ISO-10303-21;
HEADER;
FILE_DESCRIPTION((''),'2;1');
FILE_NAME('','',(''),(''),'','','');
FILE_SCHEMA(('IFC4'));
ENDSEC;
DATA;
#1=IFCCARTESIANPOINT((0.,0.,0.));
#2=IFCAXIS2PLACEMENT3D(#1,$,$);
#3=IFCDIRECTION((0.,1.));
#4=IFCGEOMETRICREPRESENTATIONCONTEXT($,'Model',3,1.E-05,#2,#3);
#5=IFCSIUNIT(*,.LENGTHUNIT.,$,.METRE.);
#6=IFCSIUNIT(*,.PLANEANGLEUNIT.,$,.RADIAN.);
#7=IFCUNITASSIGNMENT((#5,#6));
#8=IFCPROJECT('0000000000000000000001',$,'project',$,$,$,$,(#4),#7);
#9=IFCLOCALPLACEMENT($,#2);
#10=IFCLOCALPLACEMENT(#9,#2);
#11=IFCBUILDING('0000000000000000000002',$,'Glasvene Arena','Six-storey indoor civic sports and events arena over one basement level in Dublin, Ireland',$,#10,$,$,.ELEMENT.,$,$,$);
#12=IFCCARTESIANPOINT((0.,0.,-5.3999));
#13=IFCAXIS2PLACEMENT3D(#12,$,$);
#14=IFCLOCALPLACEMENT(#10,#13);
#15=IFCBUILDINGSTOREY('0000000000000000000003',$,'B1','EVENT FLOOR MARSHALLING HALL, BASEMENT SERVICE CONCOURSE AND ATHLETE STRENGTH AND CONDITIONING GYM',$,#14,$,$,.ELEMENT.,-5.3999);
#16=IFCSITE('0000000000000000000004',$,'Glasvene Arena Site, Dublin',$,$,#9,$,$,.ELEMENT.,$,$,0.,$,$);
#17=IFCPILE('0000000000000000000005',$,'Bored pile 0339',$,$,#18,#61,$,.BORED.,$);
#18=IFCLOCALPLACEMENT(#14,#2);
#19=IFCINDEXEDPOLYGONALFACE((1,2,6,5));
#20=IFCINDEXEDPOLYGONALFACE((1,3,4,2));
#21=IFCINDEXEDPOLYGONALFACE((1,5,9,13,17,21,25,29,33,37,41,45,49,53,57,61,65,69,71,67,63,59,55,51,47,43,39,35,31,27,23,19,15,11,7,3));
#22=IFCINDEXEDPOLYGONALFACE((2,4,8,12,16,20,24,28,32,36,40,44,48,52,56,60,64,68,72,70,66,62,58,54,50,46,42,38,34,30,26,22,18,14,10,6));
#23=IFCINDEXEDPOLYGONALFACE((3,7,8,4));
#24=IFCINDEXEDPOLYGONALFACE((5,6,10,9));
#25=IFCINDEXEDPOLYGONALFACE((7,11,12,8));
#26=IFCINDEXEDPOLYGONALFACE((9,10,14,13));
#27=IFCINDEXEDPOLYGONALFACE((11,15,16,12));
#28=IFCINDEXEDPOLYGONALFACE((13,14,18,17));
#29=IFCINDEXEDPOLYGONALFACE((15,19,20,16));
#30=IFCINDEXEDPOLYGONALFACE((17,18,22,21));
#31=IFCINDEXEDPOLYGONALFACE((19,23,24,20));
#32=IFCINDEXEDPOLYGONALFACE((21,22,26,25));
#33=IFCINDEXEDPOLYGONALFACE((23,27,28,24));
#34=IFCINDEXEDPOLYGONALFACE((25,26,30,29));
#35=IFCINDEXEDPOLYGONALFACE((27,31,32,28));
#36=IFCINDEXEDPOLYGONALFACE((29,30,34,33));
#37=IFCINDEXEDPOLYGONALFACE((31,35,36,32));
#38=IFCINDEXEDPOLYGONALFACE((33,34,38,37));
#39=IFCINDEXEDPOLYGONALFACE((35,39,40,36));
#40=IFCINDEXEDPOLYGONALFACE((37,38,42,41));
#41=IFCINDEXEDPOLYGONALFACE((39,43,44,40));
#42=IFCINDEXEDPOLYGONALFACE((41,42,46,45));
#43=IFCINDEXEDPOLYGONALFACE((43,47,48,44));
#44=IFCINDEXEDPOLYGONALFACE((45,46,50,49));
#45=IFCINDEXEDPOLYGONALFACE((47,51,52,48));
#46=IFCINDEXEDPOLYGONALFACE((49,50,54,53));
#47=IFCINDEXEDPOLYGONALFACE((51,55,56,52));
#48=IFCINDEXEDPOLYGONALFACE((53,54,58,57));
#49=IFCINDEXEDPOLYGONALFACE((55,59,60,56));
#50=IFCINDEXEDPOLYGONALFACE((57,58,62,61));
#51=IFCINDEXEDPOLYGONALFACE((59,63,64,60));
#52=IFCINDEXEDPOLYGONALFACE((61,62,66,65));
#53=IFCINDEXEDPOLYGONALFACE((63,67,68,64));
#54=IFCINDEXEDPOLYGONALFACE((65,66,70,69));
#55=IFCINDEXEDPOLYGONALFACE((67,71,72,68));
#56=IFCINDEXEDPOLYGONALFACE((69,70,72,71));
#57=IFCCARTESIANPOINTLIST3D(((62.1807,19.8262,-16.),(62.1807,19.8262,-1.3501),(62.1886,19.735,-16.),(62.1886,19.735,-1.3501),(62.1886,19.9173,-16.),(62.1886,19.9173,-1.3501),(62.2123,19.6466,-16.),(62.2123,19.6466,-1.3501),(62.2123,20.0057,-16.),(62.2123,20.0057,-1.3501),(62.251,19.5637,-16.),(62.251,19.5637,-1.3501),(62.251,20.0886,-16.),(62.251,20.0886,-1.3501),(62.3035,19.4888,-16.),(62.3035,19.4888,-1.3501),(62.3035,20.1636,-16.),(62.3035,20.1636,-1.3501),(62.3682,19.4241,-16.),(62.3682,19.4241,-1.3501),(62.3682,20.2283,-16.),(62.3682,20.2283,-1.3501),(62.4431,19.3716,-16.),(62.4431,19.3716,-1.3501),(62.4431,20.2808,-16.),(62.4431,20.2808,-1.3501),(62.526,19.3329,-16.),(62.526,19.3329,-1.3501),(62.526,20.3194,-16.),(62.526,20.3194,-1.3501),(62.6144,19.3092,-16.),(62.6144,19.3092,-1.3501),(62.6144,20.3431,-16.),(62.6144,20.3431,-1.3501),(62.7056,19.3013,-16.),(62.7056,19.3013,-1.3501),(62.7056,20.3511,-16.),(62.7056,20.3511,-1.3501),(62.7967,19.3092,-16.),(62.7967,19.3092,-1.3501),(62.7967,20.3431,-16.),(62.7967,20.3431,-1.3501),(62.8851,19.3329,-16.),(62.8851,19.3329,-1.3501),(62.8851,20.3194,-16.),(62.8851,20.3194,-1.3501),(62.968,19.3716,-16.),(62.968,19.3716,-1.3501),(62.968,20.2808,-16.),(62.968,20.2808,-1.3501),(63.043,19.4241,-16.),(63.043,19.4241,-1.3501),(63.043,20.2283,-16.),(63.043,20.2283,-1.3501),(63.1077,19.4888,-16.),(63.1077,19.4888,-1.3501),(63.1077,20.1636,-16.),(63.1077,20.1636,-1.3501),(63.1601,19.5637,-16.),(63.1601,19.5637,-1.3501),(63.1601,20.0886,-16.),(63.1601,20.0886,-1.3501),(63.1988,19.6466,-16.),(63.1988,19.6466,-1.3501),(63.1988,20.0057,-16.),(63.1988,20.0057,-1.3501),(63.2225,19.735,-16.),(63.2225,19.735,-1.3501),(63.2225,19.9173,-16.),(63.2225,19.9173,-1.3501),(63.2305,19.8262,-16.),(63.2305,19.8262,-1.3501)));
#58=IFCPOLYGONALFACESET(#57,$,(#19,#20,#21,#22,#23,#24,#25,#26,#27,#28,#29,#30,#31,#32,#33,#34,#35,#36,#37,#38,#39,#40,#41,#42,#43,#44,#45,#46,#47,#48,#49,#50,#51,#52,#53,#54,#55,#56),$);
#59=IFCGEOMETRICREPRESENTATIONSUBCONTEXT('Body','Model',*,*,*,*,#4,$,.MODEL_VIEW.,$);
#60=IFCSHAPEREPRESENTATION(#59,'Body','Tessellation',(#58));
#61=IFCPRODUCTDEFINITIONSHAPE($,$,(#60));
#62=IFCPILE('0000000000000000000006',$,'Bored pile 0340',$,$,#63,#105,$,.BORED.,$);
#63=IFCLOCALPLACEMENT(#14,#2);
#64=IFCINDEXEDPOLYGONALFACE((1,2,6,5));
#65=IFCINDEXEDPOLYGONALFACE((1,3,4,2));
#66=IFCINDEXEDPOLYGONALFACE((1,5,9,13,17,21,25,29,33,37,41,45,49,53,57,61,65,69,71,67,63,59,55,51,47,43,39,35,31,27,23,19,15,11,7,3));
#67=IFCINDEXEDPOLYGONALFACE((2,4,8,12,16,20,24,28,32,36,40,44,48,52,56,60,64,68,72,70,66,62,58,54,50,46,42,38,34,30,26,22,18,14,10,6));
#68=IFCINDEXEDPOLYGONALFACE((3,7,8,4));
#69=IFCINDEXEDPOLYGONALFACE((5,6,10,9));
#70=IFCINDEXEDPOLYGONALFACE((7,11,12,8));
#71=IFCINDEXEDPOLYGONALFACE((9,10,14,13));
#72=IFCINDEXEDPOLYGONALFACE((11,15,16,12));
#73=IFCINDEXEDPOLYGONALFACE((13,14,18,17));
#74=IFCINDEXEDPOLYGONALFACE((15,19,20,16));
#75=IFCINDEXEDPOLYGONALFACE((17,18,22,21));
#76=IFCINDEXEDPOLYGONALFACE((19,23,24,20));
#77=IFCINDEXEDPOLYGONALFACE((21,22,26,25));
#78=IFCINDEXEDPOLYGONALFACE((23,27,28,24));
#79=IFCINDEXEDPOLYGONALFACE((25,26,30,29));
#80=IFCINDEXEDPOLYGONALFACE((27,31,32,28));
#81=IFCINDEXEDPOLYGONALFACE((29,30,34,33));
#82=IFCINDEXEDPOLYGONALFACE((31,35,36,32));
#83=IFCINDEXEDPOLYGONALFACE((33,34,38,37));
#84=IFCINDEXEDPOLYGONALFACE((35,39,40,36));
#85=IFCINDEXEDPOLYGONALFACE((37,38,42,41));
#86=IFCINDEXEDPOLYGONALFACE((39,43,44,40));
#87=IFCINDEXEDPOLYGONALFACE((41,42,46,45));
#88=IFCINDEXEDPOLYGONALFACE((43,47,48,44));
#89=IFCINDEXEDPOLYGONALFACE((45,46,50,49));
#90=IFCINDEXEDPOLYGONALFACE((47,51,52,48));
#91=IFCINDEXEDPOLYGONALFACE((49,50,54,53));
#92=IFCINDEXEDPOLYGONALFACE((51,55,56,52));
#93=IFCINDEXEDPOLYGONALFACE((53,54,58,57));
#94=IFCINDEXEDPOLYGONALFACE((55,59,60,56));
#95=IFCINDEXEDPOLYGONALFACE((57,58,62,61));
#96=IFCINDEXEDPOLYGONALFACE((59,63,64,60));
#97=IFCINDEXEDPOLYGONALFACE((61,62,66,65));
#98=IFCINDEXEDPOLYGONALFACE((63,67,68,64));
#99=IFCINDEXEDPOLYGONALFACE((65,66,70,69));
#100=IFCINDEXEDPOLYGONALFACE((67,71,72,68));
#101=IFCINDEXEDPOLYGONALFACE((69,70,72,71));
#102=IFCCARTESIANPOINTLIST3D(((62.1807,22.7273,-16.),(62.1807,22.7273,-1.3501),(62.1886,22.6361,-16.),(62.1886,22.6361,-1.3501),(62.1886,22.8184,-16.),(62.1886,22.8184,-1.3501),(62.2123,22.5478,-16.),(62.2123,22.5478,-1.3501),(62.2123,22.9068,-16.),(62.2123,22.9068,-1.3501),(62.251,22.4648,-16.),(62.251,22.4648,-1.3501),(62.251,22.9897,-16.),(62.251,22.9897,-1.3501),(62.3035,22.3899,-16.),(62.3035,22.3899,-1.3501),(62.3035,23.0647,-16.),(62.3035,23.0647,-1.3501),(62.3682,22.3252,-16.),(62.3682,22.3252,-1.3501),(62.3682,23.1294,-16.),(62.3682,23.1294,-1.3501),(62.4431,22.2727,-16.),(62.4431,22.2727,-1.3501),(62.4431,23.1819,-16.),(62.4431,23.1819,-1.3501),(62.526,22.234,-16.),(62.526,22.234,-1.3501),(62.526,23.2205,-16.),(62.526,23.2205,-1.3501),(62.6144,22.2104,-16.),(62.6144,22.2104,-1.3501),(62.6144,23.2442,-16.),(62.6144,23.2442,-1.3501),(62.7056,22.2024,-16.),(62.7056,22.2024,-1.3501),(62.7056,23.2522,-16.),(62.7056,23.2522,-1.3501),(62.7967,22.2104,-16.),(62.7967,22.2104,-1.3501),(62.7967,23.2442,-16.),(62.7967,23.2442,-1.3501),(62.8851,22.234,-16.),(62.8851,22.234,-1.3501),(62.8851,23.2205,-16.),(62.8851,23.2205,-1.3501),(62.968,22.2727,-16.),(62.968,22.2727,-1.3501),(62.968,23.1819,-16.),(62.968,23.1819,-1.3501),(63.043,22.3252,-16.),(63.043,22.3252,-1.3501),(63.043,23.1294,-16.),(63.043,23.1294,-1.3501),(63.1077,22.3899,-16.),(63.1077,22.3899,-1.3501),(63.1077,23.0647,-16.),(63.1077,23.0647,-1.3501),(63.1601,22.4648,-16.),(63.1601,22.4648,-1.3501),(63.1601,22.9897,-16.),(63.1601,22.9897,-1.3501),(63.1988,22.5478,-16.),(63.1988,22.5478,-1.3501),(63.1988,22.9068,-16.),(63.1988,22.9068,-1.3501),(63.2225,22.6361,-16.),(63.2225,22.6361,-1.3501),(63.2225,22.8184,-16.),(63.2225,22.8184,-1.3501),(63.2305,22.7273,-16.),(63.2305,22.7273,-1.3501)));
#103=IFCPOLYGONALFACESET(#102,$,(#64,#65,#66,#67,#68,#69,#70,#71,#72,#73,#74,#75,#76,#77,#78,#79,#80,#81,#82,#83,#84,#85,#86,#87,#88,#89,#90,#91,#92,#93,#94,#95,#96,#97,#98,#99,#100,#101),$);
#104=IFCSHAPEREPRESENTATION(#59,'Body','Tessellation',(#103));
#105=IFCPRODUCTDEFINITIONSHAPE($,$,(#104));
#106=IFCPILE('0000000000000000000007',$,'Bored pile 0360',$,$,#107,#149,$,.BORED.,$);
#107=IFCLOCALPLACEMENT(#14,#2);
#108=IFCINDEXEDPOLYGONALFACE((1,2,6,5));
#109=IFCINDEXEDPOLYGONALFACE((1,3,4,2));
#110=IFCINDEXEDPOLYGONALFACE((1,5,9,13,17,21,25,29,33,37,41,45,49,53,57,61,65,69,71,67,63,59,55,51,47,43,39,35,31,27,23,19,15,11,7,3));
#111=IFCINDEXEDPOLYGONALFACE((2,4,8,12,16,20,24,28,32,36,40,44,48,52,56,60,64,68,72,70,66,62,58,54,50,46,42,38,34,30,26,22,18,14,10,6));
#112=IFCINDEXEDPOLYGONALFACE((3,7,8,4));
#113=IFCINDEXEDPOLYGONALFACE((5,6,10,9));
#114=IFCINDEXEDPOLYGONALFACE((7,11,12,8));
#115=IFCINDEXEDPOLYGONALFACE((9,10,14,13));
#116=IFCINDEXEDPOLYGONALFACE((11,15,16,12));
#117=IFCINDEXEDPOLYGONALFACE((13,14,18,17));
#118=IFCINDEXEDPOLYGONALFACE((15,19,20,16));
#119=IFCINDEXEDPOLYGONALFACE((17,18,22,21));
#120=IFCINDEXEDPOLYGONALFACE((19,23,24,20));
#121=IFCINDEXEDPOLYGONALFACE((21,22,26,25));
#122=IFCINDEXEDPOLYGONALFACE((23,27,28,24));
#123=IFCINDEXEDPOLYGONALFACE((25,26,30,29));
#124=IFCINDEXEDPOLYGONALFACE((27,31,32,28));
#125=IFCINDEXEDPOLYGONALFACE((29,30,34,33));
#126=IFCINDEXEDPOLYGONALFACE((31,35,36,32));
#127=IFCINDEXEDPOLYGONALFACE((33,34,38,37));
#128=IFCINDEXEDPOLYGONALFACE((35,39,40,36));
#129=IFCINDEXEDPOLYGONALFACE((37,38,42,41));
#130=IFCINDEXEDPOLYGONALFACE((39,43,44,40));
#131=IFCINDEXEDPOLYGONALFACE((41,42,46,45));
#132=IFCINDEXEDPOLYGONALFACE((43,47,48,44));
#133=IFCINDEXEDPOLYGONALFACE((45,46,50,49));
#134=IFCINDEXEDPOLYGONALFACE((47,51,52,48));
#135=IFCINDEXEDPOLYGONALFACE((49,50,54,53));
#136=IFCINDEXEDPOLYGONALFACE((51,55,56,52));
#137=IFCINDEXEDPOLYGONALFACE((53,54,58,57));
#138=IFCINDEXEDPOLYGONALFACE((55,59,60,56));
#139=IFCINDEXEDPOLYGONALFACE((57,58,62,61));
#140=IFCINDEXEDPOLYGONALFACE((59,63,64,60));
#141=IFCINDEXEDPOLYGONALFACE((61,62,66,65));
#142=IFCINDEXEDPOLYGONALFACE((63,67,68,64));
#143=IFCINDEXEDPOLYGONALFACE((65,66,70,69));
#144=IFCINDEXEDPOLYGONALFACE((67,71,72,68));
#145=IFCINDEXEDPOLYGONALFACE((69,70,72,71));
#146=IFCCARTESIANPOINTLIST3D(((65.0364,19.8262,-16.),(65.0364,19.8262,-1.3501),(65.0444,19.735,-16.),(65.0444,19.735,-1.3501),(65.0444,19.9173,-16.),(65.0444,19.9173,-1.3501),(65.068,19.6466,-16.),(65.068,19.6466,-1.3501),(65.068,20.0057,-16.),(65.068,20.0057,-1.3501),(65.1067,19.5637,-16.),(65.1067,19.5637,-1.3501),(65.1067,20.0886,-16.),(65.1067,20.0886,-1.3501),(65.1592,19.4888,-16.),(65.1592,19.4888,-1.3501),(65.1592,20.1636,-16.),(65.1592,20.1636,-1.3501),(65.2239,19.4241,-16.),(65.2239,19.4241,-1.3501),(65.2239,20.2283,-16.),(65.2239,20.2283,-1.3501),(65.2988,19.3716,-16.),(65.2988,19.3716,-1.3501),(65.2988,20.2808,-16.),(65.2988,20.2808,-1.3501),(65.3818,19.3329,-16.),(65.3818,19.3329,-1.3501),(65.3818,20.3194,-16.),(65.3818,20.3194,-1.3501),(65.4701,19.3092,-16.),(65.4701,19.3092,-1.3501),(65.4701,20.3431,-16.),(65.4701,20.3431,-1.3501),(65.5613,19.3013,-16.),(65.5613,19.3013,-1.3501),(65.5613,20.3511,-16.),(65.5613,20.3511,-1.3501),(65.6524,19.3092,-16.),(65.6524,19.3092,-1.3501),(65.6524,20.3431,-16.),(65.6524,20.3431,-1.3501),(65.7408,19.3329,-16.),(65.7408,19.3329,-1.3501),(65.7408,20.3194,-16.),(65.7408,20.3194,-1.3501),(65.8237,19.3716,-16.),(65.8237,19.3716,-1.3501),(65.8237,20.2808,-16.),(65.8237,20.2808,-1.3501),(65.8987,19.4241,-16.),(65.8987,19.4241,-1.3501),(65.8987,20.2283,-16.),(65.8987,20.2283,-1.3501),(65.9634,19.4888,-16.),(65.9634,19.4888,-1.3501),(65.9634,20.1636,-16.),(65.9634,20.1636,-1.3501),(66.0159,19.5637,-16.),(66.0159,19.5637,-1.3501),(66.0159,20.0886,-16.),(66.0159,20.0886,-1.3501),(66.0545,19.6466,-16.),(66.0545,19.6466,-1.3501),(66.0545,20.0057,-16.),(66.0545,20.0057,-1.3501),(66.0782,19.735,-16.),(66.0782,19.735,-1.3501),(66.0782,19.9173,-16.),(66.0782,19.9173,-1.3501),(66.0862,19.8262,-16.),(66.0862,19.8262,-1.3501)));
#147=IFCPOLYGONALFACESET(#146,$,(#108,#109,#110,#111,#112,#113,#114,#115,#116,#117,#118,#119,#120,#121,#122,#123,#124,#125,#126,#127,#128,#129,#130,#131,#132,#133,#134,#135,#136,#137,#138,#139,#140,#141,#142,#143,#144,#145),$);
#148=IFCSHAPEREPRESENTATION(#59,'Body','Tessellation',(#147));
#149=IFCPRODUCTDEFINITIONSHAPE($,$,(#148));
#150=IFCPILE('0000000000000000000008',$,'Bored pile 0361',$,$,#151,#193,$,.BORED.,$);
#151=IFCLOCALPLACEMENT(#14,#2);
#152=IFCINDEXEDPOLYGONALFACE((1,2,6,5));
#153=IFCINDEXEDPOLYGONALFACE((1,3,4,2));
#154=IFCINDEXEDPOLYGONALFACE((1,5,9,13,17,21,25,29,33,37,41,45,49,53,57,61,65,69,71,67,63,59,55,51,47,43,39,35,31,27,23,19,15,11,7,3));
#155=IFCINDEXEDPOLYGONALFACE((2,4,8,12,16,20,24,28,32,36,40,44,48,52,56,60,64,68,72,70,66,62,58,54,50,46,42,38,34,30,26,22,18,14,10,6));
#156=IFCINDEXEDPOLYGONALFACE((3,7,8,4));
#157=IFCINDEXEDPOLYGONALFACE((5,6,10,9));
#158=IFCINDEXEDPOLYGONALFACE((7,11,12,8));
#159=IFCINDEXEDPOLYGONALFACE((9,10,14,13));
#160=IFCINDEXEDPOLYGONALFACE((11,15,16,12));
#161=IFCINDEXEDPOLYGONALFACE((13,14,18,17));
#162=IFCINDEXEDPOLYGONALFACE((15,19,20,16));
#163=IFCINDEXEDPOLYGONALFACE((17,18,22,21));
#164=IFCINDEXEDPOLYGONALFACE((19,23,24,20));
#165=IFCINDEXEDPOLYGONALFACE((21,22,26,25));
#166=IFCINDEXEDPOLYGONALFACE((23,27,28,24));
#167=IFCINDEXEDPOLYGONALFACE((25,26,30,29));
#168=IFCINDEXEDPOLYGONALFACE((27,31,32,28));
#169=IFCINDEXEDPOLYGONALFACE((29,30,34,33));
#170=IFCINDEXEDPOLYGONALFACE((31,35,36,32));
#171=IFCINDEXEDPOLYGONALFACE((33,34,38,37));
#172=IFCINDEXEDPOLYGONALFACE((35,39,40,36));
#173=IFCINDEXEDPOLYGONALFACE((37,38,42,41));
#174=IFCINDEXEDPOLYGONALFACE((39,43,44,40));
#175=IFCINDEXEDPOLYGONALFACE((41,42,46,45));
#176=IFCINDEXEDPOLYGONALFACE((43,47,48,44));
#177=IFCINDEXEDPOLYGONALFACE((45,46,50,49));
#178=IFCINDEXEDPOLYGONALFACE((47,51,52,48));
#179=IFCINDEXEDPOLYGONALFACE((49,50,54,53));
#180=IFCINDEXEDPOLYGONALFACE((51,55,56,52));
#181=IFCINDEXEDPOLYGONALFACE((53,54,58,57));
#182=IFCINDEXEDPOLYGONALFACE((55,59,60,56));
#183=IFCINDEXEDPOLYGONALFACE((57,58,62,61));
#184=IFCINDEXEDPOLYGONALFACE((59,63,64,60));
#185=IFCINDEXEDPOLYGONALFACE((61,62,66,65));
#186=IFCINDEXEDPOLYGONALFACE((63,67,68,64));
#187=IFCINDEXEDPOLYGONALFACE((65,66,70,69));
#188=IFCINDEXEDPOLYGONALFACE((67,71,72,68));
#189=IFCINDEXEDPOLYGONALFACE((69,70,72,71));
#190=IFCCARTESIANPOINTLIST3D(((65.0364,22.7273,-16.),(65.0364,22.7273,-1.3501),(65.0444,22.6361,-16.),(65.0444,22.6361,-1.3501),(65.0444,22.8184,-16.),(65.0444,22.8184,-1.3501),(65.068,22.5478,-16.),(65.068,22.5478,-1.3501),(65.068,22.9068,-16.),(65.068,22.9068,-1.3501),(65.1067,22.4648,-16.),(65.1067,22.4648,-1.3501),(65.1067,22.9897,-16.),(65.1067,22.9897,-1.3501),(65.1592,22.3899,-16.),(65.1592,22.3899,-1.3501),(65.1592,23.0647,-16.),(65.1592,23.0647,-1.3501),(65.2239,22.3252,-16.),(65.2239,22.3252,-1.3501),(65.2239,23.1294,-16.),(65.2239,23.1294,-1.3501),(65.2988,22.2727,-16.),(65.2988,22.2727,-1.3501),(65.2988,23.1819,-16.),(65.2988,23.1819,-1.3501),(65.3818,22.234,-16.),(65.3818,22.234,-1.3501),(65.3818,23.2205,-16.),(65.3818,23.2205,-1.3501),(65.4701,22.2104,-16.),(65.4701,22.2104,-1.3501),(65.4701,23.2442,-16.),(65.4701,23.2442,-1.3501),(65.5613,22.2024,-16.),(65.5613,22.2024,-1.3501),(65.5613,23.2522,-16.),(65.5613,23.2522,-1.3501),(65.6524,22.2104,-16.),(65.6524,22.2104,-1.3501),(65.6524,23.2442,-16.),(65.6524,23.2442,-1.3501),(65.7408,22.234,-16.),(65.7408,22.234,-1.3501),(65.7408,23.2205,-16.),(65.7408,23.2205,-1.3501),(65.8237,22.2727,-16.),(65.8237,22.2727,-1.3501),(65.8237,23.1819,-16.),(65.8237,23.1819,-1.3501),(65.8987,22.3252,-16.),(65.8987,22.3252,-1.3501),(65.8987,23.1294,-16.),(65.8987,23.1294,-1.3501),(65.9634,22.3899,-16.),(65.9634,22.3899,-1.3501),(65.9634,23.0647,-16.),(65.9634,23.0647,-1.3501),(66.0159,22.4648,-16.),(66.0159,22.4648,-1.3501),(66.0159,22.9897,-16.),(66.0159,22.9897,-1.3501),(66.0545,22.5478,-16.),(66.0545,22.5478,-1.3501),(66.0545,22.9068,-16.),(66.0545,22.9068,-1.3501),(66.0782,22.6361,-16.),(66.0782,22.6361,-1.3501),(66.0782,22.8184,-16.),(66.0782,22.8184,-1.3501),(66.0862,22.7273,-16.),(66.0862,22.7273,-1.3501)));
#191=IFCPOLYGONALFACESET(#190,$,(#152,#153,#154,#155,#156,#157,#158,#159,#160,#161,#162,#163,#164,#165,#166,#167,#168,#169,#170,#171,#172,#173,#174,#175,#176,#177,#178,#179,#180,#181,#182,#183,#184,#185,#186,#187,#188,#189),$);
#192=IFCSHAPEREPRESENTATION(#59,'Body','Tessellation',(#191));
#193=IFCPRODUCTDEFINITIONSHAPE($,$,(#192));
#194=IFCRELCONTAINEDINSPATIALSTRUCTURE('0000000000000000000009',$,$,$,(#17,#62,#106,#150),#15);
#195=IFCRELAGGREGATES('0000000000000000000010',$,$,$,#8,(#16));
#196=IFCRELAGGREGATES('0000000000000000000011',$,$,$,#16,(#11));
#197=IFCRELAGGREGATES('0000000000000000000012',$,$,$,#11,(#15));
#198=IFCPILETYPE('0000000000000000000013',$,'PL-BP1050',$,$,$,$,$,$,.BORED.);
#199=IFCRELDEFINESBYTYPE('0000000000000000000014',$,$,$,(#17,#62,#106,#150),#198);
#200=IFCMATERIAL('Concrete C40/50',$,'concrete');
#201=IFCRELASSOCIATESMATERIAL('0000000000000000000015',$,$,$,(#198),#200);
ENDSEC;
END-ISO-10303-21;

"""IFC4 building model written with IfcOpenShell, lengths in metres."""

from ifc_helpers import new_model, si_unit, direction, frame, origin, origin_2d, place, context, subcontext, project, spatial, circle, extrude, material, material_profile, profile_set, type_object, element, save


model = new_model("IFC4")

# Units and contexts
model_context = context("Model", 3, precision=1e-05, world=origin(), true_north=direction((0.0, 1.0)))
body_context = subcontext(model_context, "Body", "Model", "MODEL_VIEW")
ifc_project = project(units=[si_unit("LENGTHUNIT", "METRE"), si_unit("PLANEANGLEUNIT", "RADIAN")], contexts=[model_context])

# Site, building, storey
site_placement = place(None, origin())
site = spatial("IfcSite", under=ifc_project, at=site_placement, Name="Glasvene Arena Site, Dublin", CompositionType="ELEMENT", RefElevation=0.0)
building_placement = place(site_placement, origin())
building = spatial("IfcBuilding", under=site, at=building_placement, Name="Glasvene Arena", Description="Six-storey indoor civic sports and events arena over one basement level in Dublin, Ireland", CompositionType="ELEMENT")
storey_placement = place(building_placement, frame((0.0, 0.0, -5.3999)))
storey = spatial("IfcBuildingStorey", under=building, at=storey_placement, Name="B1", Description="EVENT FLOOR MARSHALLING HALL, BASEMENT SERVICE CONCOURSE AND ATHLETE STRENGTH AND CONDITIONING GYM", CompositionType="ELEMENT", Elevation=-5.3999)

# Piles
ifc_material_1 = material(Name="Concrete C40/50", Category="concrete")
ifc_material_profile_1 = material_profile(ifc_material_1, circle(Radius=0.5249, at=origin_2d()), Name="BORED PILE 1050")
ifc_profile_set_1 = profile_set([ifc_material_profile_1], Name="Concrete C40/50")
pile_type = type_object("IfcPileType", Name="PL-BP1050", PredefinedType="BORED", material=ifc_profile_set_1)
for number, where, z_axis, x_axis, name in (
    (1, (62.7056, 19.8262, -1.3501), (0.0, 0.0, -1.0), (1.0, 0.0, 0.0), "Bored pile 0339"),
    (2, (62.7056, 22.7273, -1.3501), (0.0, 0.0, -1.0), (1.0, 0.0, 0.0), "Bored pile 0340"),
    (3, (65.5613, 19.8262, -1.3501), (0.0, 0.0, -1.0), (1.0, 0.0, 0.0), "Bored pile 0360"),
    (4, (65.5613, 22.7273, -1.3501), (0.0, 0.0, -1.0), (1.0, 0.0, 0.0), "Bored pile 0361"),
):
    element("IfcPile", number, at=place(storey_placement, frame(where, z_axis=z_axis, x_axis=x_axis)), inside=storey, type_object=pile_type, Name=name, PredefinedType="BORED", context=body_context, shape_type="SweptSolid", body=[
        extrude(circle(Radius=0.5249, at=origin_2d()), origin(), (0.0, 0.0, 1.0), 14.6499),
    ])

save(model, "model.ifc")
